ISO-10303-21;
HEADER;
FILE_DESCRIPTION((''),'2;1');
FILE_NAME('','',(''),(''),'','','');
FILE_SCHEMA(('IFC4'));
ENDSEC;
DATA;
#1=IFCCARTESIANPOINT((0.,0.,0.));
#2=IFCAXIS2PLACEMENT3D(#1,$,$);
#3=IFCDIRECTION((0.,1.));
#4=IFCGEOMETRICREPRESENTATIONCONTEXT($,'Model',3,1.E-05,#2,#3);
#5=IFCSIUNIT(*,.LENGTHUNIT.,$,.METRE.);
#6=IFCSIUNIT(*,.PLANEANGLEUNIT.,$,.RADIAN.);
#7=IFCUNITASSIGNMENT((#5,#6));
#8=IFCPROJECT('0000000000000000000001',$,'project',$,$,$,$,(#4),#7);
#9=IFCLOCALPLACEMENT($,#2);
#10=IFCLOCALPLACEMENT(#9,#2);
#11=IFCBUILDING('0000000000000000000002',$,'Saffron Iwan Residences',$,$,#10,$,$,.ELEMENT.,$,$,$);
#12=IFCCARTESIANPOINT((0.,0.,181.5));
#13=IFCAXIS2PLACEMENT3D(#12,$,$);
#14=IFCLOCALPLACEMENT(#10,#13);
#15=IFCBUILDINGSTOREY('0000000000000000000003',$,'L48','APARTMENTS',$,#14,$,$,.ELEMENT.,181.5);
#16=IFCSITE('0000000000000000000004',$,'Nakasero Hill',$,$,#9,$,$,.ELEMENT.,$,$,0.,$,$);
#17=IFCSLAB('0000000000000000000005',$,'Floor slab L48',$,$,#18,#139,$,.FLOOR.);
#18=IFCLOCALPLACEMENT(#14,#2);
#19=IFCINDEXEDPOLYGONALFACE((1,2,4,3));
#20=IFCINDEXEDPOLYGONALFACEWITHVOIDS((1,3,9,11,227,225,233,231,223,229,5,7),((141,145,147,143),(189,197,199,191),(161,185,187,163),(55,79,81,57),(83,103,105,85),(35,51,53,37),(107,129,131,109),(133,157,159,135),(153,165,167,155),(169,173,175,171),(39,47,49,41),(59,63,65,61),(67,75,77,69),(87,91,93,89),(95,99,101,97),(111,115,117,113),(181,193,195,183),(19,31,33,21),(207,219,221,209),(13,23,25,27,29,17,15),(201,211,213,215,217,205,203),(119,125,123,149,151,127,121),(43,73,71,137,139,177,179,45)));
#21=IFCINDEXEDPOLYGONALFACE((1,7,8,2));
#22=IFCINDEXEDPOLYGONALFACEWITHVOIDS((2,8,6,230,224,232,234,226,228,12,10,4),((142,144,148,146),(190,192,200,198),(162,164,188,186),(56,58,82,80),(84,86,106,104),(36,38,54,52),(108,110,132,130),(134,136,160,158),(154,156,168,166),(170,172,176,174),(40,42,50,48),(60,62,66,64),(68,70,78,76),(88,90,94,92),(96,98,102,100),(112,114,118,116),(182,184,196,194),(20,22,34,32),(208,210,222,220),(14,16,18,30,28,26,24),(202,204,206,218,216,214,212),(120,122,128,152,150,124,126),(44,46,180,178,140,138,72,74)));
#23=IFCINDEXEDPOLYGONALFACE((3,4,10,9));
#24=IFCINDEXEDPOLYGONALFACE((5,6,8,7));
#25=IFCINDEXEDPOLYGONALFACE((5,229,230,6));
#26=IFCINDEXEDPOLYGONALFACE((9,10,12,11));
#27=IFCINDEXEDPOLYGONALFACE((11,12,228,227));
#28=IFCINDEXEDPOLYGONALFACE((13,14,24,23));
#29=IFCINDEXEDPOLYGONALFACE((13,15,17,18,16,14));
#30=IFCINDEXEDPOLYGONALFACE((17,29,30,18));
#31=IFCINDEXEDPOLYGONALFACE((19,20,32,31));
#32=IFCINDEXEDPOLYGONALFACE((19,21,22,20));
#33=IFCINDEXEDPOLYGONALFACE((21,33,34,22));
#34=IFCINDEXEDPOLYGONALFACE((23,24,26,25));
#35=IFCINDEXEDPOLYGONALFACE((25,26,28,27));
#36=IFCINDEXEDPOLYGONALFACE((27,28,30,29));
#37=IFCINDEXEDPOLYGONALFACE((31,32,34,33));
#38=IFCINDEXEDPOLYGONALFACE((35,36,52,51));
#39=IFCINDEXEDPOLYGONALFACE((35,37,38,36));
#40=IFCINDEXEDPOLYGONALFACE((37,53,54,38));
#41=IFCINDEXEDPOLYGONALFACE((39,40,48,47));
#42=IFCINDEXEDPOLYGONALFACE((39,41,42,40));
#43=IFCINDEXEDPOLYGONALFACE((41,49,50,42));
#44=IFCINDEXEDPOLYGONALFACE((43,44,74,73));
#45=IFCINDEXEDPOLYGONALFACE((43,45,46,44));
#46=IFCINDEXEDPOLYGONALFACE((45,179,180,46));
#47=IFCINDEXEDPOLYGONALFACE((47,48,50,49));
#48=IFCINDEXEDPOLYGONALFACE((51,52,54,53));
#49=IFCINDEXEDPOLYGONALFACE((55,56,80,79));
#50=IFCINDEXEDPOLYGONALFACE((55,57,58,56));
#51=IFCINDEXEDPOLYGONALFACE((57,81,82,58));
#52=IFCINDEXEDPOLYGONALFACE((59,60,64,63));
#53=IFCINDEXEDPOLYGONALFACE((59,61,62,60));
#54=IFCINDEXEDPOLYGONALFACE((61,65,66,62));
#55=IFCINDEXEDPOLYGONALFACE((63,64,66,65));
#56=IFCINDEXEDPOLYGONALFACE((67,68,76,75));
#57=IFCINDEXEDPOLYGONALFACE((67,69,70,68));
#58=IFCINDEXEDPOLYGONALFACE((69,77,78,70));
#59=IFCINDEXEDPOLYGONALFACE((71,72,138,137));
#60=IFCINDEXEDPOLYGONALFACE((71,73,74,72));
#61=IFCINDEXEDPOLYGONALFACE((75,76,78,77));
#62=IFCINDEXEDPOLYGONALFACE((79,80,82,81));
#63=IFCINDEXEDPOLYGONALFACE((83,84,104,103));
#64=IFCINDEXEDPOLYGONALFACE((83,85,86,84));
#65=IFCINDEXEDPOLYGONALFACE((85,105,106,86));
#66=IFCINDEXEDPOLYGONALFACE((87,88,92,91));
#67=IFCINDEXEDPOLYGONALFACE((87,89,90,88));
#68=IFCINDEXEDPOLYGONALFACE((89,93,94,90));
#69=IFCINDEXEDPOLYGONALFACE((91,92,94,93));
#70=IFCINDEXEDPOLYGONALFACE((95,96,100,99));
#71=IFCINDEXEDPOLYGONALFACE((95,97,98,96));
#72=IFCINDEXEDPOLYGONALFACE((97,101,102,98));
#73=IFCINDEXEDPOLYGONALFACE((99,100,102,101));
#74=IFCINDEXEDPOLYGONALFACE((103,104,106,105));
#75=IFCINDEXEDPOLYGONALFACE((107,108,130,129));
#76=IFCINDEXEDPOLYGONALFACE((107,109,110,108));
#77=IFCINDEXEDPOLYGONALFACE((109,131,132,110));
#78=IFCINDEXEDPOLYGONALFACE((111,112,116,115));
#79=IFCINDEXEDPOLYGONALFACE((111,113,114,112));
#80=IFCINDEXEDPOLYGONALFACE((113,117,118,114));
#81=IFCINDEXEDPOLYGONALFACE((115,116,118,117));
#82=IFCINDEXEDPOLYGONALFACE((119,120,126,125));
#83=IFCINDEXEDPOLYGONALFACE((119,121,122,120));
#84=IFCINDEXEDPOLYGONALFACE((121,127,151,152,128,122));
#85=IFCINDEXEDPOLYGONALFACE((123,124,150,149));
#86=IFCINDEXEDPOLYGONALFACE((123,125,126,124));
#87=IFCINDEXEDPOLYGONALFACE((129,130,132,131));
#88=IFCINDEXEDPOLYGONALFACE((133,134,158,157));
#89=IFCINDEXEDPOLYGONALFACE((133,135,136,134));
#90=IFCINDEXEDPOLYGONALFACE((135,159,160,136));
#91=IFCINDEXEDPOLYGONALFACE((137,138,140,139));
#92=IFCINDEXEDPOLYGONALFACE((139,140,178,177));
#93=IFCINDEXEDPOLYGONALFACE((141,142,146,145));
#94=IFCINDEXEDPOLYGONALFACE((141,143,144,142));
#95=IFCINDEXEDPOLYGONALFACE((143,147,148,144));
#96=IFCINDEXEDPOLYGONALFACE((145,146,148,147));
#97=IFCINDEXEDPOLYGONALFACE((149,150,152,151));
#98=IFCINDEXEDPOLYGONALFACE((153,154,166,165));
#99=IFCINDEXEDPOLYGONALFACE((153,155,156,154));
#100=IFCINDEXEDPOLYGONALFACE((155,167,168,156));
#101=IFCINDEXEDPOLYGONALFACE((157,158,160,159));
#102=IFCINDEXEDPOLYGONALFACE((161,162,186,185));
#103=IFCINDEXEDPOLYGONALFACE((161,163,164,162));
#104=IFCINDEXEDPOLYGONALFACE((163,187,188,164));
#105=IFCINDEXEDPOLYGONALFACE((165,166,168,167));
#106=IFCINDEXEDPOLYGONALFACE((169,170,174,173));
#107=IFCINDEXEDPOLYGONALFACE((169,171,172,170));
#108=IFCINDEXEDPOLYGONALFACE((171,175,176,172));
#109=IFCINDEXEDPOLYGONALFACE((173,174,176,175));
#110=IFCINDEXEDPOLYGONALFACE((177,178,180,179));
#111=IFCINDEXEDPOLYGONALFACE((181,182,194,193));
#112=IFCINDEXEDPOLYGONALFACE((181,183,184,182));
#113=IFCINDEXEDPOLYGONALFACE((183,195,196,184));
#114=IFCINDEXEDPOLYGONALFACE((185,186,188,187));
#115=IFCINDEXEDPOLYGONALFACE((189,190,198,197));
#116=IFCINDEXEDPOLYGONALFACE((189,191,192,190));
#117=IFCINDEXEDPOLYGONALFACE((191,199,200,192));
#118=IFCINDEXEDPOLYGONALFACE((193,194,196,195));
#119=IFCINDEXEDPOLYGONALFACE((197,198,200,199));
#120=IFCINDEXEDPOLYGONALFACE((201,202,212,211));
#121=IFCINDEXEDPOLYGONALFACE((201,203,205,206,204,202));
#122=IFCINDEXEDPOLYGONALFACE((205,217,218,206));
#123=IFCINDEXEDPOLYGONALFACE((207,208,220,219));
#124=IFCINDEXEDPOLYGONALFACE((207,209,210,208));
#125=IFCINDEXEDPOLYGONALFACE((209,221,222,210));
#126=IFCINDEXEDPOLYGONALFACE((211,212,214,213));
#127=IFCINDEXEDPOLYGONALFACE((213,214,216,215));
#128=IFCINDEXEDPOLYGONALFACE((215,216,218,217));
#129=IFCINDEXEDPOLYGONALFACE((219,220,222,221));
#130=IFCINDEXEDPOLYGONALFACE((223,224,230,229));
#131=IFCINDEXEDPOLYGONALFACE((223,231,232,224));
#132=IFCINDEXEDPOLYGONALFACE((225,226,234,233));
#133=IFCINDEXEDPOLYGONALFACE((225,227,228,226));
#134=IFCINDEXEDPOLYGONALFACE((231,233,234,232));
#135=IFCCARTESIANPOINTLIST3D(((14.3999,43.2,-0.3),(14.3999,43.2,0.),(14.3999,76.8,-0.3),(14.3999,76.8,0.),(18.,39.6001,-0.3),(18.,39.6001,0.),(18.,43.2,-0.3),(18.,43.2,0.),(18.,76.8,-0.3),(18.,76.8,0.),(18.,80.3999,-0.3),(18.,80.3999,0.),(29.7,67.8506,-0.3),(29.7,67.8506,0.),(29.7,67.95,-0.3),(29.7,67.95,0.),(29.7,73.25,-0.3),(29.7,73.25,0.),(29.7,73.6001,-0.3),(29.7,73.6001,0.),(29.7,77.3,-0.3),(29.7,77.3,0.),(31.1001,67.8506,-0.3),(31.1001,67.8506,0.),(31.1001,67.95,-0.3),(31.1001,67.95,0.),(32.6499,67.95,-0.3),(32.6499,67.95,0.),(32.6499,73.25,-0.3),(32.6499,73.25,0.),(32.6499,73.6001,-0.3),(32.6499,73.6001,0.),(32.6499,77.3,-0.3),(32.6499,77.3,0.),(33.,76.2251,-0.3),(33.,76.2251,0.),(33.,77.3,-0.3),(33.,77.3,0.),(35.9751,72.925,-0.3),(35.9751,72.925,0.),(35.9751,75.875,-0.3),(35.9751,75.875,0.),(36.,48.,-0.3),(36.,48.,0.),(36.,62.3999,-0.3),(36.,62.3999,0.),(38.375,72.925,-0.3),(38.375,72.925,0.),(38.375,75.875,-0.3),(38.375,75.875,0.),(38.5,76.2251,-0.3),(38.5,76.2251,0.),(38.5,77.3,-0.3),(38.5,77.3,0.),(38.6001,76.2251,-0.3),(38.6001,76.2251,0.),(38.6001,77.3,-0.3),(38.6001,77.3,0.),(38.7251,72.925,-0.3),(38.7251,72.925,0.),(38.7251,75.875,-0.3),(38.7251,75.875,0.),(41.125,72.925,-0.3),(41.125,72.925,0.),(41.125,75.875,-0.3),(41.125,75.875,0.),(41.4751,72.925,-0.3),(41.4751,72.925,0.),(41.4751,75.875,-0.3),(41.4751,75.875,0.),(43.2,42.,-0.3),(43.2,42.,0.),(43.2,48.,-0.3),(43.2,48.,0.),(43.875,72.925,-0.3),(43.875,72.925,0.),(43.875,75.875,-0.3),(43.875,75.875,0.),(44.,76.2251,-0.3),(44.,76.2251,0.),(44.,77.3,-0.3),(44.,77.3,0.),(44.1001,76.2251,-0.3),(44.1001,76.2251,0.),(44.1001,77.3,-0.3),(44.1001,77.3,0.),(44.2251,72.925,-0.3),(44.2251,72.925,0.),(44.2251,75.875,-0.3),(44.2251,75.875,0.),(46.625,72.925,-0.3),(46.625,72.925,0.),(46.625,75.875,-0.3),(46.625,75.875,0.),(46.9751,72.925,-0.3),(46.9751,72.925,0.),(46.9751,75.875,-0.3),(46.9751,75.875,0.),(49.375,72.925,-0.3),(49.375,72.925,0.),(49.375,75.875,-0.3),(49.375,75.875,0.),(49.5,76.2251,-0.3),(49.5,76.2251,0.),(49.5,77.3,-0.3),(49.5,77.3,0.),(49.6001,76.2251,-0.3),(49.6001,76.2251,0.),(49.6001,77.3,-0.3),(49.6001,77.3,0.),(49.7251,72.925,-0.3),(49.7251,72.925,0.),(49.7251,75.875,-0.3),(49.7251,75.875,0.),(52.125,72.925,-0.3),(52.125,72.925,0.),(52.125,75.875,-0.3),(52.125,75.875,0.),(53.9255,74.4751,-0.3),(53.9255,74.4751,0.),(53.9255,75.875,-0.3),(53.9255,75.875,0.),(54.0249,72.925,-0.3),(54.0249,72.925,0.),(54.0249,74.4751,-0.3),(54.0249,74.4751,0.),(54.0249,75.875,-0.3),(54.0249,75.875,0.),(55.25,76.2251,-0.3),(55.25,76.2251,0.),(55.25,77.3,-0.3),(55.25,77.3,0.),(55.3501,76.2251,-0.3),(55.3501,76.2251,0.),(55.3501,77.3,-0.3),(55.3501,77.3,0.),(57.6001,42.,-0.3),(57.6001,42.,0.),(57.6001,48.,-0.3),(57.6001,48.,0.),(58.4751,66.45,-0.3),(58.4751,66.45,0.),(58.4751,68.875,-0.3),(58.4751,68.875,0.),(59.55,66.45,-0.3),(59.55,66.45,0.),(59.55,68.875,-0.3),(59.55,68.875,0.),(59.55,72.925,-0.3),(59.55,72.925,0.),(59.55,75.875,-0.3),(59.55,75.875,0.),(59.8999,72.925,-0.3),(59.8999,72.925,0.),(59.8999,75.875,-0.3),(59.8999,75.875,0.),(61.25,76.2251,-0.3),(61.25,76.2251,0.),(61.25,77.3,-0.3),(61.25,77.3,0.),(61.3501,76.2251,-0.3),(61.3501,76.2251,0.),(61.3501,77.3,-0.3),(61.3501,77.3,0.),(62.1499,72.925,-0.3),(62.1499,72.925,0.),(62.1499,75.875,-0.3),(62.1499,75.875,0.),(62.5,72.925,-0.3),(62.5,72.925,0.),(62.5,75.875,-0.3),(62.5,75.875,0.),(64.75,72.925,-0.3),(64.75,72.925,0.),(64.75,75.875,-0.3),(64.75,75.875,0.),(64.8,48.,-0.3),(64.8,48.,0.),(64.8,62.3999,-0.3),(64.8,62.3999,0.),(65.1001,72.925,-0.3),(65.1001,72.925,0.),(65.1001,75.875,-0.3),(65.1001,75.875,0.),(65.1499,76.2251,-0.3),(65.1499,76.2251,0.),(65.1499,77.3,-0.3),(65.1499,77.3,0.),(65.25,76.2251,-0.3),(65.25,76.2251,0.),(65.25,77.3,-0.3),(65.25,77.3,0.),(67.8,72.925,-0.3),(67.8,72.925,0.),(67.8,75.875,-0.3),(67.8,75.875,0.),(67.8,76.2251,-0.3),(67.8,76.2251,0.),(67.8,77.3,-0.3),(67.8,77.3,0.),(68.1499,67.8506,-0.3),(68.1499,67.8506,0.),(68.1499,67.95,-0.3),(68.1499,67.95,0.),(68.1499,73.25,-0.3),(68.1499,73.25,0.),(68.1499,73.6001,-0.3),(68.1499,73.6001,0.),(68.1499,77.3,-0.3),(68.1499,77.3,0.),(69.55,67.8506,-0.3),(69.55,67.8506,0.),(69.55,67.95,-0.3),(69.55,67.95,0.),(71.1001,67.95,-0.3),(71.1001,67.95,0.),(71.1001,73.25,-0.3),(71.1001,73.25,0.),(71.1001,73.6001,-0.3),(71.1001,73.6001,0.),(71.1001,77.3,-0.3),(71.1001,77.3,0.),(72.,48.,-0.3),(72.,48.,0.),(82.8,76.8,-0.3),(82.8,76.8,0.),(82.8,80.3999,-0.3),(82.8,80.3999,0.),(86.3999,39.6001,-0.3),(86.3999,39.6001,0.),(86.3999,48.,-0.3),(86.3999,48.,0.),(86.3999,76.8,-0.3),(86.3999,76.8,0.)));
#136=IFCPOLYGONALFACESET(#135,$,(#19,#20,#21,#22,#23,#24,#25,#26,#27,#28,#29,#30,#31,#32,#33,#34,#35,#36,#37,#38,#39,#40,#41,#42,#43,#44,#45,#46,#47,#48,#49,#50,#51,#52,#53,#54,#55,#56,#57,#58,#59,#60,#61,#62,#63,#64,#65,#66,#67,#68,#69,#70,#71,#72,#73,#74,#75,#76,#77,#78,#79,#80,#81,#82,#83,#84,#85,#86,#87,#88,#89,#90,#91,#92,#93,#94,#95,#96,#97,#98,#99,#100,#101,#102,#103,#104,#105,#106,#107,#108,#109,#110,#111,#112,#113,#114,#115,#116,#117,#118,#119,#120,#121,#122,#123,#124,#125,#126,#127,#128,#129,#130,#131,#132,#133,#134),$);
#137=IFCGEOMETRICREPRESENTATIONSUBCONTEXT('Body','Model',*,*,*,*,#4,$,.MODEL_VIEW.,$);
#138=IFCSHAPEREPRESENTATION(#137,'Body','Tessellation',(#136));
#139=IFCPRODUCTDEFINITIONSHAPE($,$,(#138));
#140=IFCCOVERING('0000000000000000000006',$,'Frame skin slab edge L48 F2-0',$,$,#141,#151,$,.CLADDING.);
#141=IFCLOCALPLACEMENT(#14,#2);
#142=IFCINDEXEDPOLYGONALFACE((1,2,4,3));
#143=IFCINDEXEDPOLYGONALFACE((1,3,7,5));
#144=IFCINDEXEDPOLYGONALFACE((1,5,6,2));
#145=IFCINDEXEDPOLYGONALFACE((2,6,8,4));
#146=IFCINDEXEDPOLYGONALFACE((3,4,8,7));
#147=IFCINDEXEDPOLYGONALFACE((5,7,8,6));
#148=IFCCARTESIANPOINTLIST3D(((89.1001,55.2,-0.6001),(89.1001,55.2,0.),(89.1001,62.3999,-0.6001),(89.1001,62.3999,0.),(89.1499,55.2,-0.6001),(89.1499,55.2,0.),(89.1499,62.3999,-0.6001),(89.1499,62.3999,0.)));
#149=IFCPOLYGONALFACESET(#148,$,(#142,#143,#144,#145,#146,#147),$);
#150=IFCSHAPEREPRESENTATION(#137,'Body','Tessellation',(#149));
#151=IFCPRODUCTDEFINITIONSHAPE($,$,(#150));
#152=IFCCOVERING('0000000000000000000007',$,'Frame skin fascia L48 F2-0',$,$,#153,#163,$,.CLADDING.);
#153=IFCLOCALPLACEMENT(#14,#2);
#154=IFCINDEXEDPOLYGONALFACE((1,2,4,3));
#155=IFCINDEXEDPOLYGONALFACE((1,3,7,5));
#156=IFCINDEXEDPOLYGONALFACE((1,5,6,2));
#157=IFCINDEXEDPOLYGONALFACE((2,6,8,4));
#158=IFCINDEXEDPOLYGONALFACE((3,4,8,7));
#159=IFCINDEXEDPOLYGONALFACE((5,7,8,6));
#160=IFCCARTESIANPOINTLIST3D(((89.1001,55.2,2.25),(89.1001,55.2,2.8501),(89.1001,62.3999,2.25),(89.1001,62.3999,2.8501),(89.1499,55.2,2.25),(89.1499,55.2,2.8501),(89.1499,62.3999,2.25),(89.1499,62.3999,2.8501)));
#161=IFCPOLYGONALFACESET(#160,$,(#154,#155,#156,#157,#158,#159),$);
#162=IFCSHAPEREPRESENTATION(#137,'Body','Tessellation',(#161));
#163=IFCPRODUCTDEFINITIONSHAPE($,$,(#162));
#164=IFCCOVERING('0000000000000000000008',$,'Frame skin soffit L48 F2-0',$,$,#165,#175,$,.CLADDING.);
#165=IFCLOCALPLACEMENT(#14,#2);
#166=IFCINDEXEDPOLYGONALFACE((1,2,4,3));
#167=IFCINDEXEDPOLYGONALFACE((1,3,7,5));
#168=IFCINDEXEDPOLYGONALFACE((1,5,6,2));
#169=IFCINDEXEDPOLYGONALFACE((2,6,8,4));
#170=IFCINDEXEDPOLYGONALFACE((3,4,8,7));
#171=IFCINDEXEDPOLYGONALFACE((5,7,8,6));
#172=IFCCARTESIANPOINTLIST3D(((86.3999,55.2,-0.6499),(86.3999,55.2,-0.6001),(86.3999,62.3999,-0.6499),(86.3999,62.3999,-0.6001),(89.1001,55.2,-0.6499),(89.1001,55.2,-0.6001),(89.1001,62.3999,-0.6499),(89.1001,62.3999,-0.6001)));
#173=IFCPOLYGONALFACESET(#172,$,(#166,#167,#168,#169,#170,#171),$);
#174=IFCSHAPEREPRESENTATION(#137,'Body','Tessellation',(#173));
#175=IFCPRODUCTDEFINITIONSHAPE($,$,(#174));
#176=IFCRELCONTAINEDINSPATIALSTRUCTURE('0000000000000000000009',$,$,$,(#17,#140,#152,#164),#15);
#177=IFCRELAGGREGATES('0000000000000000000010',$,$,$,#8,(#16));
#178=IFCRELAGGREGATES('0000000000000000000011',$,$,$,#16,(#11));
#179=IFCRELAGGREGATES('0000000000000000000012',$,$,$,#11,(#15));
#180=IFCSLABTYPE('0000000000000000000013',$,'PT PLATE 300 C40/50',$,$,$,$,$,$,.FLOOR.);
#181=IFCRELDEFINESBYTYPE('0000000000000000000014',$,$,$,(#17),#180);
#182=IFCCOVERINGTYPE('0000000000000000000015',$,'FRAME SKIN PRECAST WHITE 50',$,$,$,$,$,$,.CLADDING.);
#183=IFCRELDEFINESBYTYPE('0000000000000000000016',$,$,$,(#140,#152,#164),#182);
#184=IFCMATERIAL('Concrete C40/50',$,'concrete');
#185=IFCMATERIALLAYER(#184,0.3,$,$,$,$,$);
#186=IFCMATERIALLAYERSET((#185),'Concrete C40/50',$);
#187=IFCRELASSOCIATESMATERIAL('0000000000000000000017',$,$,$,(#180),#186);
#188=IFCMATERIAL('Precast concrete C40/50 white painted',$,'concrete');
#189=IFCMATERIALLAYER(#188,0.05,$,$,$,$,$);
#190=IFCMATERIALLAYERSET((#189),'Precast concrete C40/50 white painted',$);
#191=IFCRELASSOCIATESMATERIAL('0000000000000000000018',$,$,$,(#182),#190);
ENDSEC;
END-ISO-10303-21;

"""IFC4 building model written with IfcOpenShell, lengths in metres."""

from ifc_helpers import new_model, si_unit, direction, frame, origin, place, context, subcontext, project, spatial, polyline, outline, extrude, material, layer, layer_set, type_object, element, save


model = new_model("IFC4")

# Units and contexts
model_context = context("Model", 3, precision=1e-05, world=origin(), true_north=direction((0.0, 1.0)))
body_context = subcontext(model_context, "Body", "Model", "MODEL_VIEW")
ifc_project = project(units=[si_unit("LENGTHUNIT", "METRE"), si_unit("PLANEANGLEUNIT", "RADIAN")], contexts=[model_context])

# Site, building, storey
site_placement = place(None, origin())
site = spatial("IfcSite", under=ifc_project, at=site_placement, Name="Nakasero Hill", CompositionType="ELEMENT", RefElevation=0.0)
building_placement = place(site_placement, origin())
building = spatial("IfcBuilding", under=site, at=building_placement, Name="Saffron Iwan Residences", CompositionType="ELEMENT")
storey_placement = place(building_placement, frame((0.0, 0.0, 181.5)))
storey = spatial("IfcBuildingStorey", under=building, at=storey_placement, Name="L48", Description="APARTMENTS", CompositionType="ELEMENT", Elevation=181.5)

# Slab
ifc_material_1 = material(Name="Concrete C40/50", Category="concrete")
ifc_layer_1 = layer(ifc_material_1, 0.3)
ifc_layer_set_1 = layer_set([ifc_layer_1], Name="Concrete C40/50")
slab_type_1 = type_object("IfcSlabType", Name="PT PLATE 300 C40/50", PredefinedType="FLOOR", material=ifc_layer_set_1)
slab_1_placement = place(storey_placement, frame((0.0, 0.0, -0.3)))
element("IfcSlab", 1, at=slab_1_placement, inside=storey, type_object=slab_type_1, Name="Floor slab L48", PredefinedType="FLOOR", context=body_context, shape_type="SweptSolid", body=[
    extrude(outline(polyline([(14.3999, 43.2), (14.3999, 76.8), (18.0, 76.8), (18.0, 80.3999), (82.8, 80.3999), (82.8, 76.8), (86.3999, 76.8), (86.3999, 48.0), (72.0, 48.0), (86.3999, 39.6001), (18.0, 39.6001), (18.0, 43.2), (14.3999, 43.2)]), holes=[polyline([(64.8, 48.0), (64.8, 62.3999), (36.0, 62.3999), (36.0, 48.0), (43.2, 48.0), (43.2, 42.0), (57.6001, 42.0), (57.6001, 48.0), (64.8, 48.0)]), polyline([(29.7, 73.25), (29.7, 67.95), (29.7, 67.8506), (31.1001, 67.8506), (31.1001, 67.95), (32.6499, 67.95), (32.6499, 73.25), (29.7, 73.25)]), polyline([(38.375, 75.875), (35.9751, 75.875), (35.9751, 72.925), (38.375, 72.925), (38.375, 75.875)]), polyline([(41.125, 75.875), (38.7251, 75.875), (38.7251, 72.925), (41.125, 72.925), (41.125, 75.875)]), polyline([(43.875, 72.925), (43.875, 75.875), (41.4751, 75.875), (41.4751, 72.925), (43.875, 72.925)]), polyline([(46.625, 72.925), (46.625, 75.875), (44.2251, 75.875), (44.2251, 72.925), (46.625, 72.925)]), polyline([(49.375, 75.875), (46.9751, 75.875), (46.9751, 72.925), (49.375, 72.925), (49.375, 75.875)]), polyline([(52.125, 72.925), (52.125, 75.875), (49.7251, 75.875), (49.7251, 72.925), (52.125, 72.925)]), polyline([(32.6499, 73.6001), (32.6499, 77.3), (29.7, 77.3), (29.7, 73.6001), (32.6499, 73.6001)]), polyline([(38.5, 77.3), (33.0, 77.3), (33.0, 76.2251), (38.5, 76.2251), (38.5, 77.3)]), polyline([(44.0, 76.2251), (44.0, 77.3), (38.6001, 77.3), (38.6001, 76.2251), (44.0, 76.2251)]), polyline([(49.5, 76.2251), (49.5, 77.3), (44.1001, 77.3), (44.1001, 76.2251), (49.5, 76.2251)]), polyline([(59.55, 68.875), (58.4751, 68.875), (58.4751, 66.45), (59.55, 66.45), (59.55, 68.875)]), polyline([(68.1499, 73.25), (68.1499, 67.95), (68.1499, 67.8506), (69.55, 67.8506), (69.55, 67.95), (71.1001, 67.95), (71.1001, 73.25), (68.1499, 73.25)]), polyline([(54.0249, 74.4751), (54.0249, 72.925), (59.55, 72.925), (59.55, 75.875), (54.0249, 75.875), (53.9255, 75.875), (53.9255, 74.4751), (54.0249, 74.4751)]), polyline([(62.1499, 72.925), (62.1499, 75.875), (59.8999, 75.875), (59.8999, 72.925), (62.1499, 72.925)]), polyline([(64.75, 72.925), (64.75, 75.875), (62.5, 75.875), (62.5, 72.925), (64.75, 72.925)]), polyline([(67.8, 75.875), (65.1001, 75.875), (65.1001, 72.925), (67.8, 72.925), (67.8, 75.875)]), polyline([(71.1001, 73.6001), (71.1001, 77.3), (68.1499, 77.3), (68.1499, 73.6001), (71.1001, 73.6001)]), polyline([(55.25, 76.2251), (55.25, 77.3), (49.6001, 77.3), (49.6001, 76.2251), (55.25, 76.2251)]), polyline([(61.25, 77.3), (55.3501, 77.3), (55.3501, 76.2251), (61.25, 76.2251), (61.25, 77.3)]), polyline([(65.1499, 76.2251), (65.1499, 77.3), (61.3501, 77.3), (61.3501, 76.2251), (65.1499, 76.2251)]), polyline([(67.8, 76.2251), (67.8, 77.3), (65.25, 77.3), (65.25, 76.2251), (67.8, 76.2251)])]), origin(), (0.0, 0.0, 1.0), 0.3),
])

# Coverings
ifc_material_2 = material(Name="Precast concrete C40/50 white painted", Category="concrete")
ifc_layer_2 = layer(ifc_material_2, 0.05)
ifc_layer_set_2 = layer_set([ifc_layer_2], Name="Precast concrete C40/50 white painted")
covering_type_1 = type_object("IfcCoveringType", Name="FRAME SKIN PRECAST WHITE 50", PredefinedType="CLADDING", material=ifc_layer_set_2)
for number, where, name in (
    (2, (0.0, 0.0, -0.6001), "Frame skin slab edge L48 F2-0"),
    (3, (0.0, 0.0, 2.25), "Frame skin fascia L48 F2-0"),
):
    element("IfcCovering", number, at=place(storey_placement, frame(where)), inside=storey, type_object=covering_type_1, Name=name, PredefinedType="CLADDING", context=body_context, shape_type="SweptSolid", body=[
        extrude(outline(polyline([(89.1499, 55.2), (89.1499, 62.3999), (89.1001, 62.3999), (89.1001, 55.2), (89.1499, 55.2)])), origin(), (0.0, 0.0, 1.0), 0.6001),
    ])
covering_1_placement = place(storey_placement, frame((0.0, 0.0, -0.6499)))
element("IfcCovering", 4, at=covering_1_placement, inside=storey, type_object=covering_type_1, Name="Frame skin soffit L48 F2-0", PredefinedType="CLADDING", context=body_context, shape_type="SweptSolid", body=[
    extrude(outline(polyline([(89.1001, 55.2), (89.1001, 62.3999), (86.3999, 62.3999), (86.3999, 55.2), (89.1001, 55.2)])), origin(), (0.0, 0.0, 1.0), 0.0498),
])

save(model, "model.ifc")
